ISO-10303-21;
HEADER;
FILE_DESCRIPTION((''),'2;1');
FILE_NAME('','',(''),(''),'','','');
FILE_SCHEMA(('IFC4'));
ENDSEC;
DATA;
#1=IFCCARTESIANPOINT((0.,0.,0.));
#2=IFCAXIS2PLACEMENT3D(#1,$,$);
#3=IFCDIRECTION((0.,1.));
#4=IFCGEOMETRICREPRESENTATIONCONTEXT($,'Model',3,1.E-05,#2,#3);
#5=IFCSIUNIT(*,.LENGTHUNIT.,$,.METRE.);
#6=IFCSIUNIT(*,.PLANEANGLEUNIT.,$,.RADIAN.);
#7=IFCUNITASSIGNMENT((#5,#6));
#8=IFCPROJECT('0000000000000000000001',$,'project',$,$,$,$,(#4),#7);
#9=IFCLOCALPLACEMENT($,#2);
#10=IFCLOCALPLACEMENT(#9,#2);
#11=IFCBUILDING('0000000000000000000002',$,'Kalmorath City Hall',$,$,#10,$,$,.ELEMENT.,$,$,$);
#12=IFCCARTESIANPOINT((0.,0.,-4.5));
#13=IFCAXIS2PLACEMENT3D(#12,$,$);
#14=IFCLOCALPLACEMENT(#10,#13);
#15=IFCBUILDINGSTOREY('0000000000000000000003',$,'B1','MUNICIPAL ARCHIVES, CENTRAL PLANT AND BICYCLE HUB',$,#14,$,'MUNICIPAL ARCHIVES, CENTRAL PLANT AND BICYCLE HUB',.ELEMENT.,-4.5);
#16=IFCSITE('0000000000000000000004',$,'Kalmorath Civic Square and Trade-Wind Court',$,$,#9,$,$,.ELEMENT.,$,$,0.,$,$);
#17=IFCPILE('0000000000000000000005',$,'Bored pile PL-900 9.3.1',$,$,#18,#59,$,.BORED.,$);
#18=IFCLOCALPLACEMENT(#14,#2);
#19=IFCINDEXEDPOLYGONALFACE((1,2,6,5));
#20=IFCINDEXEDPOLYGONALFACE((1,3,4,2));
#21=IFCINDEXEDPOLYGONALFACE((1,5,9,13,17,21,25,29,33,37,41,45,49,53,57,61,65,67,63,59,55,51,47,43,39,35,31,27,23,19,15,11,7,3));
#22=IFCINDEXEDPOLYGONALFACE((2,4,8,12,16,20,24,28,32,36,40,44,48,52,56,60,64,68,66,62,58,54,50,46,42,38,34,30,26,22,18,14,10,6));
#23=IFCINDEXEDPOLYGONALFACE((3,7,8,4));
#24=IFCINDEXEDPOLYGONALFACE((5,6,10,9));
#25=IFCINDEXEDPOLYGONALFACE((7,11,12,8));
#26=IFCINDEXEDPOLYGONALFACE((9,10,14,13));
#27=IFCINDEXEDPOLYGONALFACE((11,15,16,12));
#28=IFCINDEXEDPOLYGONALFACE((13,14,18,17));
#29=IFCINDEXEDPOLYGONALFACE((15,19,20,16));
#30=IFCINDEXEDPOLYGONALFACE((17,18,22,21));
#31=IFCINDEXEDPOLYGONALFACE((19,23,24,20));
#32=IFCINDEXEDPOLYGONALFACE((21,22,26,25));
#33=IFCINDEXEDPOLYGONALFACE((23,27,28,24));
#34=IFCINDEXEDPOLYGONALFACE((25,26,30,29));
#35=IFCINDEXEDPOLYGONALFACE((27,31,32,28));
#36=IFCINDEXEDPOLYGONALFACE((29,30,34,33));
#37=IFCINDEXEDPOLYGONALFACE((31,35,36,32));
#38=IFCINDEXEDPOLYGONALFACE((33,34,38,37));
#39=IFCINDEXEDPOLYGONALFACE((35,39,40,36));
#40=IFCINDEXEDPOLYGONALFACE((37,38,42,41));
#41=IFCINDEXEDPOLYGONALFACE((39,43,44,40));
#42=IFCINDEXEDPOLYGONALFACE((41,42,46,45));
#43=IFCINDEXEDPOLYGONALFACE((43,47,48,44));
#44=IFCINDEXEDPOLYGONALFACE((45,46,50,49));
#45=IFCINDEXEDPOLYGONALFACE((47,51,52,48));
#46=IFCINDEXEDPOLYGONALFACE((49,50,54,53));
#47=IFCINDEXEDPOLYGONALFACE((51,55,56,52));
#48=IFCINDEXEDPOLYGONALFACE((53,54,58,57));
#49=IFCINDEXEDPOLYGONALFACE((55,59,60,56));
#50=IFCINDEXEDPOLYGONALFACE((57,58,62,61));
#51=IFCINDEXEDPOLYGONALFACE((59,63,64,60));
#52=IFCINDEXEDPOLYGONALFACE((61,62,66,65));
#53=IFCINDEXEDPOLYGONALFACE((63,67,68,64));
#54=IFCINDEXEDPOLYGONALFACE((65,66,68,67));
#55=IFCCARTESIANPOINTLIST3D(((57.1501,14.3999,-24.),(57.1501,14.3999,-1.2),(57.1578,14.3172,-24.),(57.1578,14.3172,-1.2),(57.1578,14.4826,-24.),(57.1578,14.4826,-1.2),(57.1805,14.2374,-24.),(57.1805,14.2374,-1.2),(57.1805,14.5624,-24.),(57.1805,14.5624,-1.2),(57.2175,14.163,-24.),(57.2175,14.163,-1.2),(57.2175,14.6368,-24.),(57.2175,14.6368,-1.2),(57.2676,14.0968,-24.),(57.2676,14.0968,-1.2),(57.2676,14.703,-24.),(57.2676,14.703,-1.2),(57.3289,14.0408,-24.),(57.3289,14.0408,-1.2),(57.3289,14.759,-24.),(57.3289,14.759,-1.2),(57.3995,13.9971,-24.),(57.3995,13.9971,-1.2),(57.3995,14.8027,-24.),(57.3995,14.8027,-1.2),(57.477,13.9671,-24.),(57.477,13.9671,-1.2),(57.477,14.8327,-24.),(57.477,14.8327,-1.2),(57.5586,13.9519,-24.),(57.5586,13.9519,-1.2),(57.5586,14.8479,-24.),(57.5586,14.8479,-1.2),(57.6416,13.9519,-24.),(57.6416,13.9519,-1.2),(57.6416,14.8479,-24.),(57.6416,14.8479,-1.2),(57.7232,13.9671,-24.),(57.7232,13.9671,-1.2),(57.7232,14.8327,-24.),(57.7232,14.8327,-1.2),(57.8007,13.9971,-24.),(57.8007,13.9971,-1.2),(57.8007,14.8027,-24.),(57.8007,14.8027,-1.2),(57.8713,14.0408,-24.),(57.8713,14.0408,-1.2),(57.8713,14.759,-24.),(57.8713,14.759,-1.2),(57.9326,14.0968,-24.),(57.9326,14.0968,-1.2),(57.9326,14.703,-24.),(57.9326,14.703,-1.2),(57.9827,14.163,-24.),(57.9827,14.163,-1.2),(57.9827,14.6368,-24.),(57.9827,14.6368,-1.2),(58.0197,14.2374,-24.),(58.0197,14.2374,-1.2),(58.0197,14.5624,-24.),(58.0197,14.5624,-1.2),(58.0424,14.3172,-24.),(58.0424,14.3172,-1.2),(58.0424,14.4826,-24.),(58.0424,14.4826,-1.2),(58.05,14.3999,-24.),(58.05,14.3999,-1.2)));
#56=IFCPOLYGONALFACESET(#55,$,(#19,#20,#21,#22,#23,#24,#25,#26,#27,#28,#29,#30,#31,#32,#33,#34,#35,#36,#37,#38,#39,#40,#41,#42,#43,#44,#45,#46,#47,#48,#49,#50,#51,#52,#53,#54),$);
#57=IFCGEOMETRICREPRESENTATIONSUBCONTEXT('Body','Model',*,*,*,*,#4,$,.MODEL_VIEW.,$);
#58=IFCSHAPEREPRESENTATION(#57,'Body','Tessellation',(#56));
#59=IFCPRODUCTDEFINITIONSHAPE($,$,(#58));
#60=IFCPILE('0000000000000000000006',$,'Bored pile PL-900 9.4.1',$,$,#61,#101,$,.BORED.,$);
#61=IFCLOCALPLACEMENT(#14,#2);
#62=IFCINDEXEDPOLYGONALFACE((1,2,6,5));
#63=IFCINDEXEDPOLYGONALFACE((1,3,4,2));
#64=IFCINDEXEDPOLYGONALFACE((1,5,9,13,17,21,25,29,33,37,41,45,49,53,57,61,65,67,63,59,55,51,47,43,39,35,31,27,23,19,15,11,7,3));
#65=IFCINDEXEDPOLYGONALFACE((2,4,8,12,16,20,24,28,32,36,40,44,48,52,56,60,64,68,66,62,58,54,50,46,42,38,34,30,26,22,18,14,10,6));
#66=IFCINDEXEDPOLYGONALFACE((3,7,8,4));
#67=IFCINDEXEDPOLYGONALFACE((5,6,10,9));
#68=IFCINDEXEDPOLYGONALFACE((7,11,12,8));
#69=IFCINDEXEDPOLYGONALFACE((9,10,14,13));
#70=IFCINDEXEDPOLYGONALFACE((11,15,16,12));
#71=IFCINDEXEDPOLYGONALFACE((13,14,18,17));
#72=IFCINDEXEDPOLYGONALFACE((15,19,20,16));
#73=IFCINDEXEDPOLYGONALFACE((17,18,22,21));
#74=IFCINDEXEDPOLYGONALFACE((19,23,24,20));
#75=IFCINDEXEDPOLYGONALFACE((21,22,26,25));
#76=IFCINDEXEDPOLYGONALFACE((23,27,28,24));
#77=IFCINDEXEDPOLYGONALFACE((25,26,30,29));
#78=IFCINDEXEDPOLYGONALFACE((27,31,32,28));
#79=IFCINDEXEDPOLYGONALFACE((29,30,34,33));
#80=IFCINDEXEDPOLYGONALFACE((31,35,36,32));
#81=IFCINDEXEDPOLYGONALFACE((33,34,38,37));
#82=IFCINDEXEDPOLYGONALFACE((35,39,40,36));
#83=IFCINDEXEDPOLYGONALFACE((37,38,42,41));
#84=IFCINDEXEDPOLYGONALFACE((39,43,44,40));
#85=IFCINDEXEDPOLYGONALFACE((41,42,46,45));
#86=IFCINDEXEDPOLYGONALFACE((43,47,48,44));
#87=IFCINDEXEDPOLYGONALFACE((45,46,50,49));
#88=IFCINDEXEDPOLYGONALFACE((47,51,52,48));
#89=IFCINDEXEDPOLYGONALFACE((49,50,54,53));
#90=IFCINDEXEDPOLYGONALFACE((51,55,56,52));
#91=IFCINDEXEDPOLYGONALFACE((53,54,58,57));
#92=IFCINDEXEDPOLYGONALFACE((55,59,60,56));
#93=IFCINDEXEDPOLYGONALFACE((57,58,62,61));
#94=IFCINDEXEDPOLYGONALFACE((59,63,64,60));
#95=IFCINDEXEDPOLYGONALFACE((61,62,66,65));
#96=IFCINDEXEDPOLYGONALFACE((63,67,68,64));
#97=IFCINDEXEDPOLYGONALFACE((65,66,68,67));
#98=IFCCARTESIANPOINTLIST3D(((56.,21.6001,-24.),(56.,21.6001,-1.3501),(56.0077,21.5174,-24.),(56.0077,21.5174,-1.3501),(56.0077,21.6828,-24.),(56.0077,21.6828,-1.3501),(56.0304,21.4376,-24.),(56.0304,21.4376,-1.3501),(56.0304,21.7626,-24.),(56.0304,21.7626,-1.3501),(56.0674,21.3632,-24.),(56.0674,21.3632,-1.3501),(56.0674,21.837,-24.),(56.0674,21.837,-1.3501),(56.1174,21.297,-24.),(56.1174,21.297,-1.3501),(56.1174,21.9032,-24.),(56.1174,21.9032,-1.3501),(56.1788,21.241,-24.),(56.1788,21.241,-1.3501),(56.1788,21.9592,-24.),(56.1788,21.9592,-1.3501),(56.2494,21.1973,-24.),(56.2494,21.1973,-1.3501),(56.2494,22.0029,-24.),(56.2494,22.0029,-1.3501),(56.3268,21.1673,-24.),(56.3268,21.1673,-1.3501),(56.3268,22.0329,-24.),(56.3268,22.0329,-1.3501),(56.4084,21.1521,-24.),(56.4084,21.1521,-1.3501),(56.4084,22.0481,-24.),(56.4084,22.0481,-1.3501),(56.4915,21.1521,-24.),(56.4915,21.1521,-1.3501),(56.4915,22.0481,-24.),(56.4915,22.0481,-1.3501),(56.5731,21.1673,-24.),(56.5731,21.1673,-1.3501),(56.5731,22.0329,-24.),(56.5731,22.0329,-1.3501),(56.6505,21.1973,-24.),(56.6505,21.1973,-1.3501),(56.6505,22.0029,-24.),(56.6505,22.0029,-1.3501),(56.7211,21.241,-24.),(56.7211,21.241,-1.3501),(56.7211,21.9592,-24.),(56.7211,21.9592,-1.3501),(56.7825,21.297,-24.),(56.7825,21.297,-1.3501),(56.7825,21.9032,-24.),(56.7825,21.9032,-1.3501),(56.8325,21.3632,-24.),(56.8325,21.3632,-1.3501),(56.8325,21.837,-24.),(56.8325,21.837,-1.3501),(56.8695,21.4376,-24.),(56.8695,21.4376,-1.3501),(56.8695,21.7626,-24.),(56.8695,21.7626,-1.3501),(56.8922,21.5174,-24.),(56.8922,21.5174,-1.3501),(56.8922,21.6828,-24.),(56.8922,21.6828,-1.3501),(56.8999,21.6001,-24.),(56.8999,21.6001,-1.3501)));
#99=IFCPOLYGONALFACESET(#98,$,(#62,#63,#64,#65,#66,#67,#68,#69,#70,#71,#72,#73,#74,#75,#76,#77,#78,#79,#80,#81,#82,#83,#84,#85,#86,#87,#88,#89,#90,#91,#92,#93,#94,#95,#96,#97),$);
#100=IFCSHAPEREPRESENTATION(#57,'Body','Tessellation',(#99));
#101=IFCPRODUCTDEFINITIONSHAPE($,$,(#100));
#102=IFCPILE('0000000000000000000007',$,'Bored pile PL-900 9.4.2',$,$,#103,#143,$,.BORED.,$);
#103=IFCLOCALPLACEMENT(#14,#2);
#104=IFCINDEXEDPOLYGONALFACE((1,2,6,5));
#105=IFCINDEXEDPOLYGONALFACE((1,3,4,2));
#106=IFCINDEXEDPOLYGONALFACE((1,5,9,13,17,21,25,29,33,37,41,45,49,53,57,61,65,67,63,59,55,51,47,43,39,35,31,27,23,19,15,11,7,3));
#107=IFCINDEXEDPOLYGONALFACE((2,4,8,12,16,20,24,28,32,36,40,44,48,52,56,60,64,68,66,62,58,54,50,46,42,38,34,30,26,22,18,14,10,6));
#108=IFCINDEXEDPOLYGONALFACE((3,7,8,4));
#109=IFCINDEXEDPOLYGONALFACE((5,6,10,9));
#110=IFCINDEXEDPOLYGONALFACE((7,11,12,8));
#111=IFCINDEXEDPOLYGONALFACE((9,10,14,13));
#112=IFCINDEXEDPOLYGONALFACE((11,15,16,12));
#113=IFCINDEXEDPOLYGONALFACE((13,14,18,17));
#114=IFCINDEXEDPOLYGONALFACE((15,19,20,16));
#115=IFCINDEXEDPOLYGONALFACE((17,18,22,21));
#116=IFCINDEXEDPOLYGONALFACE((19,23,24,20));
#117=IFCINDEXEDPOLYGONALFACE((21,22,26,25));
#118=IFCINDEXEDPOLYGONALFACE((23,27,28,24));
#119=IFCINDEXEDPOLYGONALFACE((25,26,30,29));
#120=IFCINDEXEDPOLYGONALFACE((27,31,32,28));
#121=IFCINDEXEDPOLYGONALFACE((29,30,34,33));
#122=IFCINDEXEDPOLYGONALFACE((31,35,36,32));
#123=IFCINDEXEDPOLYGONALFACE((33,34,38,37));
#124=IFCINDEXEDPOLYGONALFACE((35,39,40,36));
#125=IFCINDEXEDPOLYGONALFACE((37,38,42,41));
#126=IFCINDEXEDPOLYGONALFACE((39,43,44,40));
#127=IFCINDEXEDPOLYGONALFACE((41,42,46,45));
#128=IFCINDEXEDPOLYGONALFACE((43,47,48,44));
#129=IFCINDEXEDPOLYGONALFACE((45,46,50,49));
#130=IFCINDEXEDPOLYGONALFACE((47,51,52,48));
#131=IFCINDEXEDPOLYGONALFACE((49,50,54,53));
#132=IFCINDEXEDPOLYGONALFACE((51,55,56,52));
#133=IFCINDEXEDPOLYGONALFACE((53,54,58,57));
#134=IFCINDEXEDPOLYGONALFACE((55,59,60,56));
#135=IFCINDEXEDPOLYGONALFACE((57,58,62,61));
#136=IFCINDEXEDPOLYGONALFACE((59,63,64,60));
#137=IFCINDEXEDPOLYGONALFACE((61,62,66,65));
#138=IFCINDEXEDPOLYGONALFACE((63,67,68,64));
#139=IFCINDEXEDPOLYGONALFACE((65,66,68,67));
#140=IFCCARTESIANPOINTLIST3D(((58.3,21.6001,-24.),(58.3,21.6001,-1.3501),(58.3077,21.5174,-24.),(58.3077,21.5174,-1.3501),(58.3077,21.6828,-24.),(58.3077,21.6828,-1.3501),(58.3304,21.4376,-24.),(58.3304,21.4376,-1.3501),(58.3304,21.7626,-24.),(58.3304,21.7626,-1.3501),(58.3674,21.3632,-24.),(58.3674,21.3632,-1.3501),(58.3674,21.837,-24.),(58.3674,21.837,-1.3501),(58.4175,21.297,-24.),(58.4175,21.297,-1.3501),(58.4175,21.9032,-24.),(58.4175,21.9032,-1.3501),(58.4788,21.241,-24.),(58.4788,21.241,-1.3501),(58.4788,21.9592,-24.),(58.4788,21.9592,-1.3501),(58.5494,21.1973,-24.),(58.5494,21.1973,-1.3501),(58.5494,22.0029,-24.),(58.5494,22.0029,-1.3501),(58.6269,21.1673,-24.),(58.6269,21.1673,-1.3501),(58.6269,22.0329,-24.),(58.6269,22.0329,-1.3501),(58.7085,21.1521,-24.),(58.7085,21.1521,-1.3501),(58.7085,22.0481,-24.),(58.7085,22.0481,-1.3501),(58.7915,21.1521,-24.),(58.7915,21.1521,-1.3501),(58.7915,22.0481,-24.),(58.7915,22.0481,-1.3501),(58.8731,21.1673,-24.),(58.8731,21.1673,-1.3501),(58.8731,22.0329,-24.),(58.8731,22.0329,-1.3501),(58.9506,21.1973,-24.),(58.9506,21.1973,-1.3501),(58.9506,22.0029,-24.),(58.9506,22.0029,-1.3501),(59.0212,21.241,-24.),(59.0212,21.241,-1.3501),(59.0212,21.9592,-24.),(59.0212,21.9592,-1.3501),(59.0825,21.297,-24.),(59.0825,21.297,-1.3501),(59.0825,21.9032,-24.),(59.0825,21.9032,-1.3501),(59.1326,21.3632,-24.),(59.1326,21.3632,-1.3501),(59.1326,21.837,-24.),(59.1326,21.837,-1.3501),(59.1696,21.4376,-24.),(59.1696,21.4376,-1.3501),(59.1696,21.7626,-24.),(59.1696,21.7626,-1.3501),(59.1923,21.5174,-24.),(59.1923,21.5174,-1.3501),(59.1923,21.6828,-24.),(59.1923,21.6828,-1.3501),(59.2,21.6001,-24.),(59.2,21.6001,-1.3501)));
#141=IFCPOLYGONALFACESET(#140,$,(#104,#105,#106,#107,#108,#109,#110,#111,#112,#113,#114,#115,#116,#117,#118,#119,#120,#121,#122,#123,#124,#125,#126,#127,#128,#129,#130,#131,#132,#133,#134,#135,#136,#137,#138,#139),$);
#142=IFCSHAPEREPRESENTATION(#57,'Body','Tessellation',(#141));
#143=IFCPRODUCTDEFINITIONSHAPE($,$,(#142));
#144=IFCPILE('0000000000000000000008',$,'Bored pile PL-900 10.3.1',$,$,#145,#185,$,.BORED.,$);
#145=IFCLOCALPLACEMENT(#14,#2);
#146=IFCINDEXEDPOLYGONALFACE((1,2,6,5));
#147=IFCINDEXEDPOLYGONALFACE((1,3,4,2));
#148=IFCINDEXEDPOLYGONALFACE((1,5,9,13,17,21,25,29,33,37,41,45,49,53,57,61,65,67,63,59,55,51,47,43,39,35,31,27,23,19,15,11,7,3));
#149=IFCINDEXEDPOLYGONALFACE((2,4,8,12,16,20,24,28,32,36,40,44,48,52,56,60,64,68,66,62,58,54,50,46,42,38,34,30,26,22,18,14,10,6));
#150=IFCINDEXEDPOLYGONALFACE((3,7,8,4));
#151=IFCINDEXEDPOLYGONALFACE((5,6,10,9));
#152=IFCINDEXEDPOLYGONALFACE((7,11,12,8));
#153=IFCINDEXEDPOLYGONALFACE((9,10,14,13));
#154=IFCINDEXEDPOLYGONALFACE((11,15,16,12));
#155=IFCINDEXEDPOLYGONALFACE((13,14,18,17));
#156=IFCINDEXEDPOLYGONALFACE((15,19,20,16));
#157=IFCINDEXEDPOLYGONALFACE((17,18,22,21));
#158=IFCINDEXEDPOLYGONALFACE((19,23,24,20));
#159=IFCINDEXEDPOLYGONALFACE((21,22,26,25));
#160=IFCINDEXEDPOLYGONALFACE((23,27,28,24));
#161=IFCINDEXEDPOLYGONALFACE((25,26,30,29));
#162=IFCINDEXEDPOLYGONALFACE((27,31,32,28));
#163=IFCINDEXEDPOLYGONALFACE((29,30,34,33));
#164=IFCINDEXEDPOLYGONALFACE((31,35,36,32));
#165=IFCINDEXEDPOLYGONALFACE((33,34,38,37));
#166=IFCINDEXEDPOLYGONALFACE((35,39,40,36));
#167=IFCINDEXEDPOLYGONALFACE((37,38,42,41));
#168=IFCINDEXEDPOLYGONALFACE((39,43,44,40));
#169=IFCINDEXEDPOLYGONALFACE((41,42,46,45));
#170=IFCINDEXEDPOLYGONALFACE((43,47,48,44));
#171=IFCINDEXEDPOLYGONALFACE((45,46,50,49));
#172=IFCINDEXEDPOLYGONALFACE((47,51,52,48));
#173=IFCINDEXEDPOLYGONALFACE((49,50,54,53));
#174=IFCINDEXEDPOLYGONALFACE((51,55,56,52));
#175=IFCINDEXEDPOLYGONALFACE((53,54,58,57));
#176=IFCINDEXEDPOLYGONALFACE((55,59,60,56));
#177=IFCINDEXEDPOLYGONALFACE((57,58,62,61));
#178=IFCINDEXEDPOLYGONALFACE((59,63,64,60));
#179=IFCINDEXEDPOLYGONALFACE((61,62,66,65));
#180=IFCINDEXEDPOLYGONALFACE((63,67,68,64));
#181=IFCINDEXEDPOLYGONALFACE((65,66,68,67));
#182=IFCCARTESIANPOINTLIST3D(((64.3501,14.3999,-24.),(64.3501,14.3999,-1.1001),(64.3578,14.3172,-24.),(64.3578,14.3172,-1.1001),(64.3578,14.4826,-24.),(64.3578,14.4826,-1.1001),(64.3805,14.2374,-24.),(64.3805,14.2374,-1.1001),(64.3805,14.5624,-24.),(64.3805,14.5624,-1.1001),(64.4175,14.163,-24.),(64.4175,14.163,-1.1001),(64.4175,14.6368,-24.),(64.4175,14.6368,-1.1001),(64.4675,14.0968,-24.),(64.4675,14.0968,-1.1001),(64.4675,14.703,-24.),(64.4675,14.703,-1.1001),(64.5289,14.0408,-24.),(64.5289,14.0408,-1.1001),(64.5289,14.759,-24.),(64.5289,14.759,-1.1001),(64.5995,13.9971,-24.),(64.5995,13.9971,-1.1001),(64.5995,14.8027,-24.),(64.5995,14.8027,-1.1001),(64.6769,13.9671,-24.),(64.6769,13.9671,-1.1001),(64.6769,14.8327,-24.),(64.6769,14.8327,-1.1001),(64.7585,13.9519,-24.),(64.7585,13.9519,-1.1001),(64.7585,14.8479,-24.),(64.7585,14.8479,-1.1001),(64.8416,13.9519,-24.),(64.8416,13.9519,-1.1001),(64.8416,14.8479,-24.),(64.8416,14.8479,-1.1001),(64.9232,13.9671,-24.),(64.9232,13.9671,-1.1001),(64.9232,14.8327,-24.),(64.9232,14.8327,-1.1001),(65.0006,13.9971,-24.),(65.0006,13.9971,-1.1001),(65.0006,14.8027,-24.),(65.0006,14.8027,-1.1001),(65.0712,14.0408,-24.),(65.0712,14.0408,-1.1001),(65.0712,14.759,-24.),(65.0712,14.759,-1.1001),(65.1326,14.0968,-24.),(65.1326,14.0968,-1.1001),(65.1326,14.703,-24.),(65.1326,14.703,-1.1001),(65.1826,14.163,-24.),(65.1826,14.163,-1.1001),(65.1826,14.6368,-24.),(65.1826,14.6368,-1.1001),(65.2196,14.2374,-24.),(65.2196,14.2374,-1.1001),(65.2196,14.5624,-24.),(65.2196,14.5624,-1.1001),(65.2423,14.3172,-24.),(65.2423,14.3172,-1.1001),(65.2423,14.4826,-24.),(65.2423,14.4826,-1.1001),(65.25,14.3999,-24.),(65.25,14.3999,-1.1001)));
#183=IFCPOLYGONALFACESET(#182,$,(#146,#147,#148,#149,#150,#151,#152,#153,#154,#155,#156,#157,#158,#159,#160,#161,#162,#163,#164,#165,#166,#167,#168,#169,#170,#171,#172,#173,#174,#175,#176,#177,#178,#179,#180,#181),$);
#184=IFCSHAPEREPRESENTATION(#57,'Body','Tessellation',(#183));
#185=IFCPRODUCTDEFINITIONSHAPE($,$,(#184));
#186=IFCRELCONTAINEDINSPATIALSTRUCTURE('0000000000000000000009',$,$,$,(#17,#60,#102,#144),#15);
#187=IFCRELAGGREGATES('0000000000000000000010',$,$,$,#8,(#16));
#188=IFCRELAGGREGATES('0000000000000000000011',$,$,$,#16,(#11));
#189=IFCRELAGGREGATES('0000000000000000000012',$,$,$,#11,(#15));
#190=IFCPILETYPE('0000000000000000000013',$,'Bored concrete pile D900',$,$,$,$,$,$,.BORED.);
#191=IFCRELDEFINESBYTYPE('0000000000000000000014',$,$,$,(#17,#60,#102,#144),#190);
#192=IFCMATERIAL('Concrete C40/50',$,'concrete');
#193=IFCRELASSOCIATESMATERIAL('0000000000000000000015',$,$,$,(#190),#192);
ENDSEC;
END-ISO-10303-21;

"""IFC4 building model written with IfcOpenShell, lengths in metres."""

from ifc_helpers import new_model, si_unit, direction, frame, origin, origin_2d, place, context, subcontext, project, spatial, circle, extrude, material, material_profile, profile_set, type_object, element, save


model = new_model("IFC4")

# Units and contexts
model_context = context("Model", 3, precision=1e-05, world=origin(), true_north=direction((0.0, 1.0)))
body_context = subcontext(model_context, "Body", "Model", "MODEL_VIEW")
ifc_project = project(units=[si_unit("LENGTHUNIT", "METRE"), si_unit("PLANEANGLEUNIT", "RADIAN")], contexts=[model_context])

# Site, building, storey
site_placement = place(None, origin())
site = spatial("IfcSite", under=ifc_project, at=site_placement, Name="Kalmorath Civic Square and Trade-Wind Court", CompositionType="ELEMENT", RefElevation=0.0)
building_placement = place(site_placement, origin())
building = spatial("IfcBuilding", under=site, at=building_placement, Name="Kalmorath City Hall", CompositionType="ELEMENT")
storey_placement = place(building_placement, frame((0.0, 0.0, -4.5)))
storey = spatial("IfcBuildingStorey", under=building, at=storey_placement, Name="B1", Description="MUNICIPAL ARCHIVES, CENTRAL PLANT AND BICYCLE HUB", LongName="MUNICIPAL ARCHIVES, CENTRAL PLANT AND BICYCLE HUB", CompositionType="ELEMENT", Elevation=-4.5)

# Piles
ifc_material_1 = material(Name="Concrete C40/50", Category="concrete")
ifc_material_profile_1 = material_profile(ifc_material_1, circle(Radius=0.45, at=origin_2d()), Name="PILE-D900")
ifc_profile_set_1 = profile_set([ifc_material_profile_1], Name="Concrete C40/50")
pile_type = type_object("IfcPileType", Name="Bored concrete pile D900", PredefinedType="BORED", material=ifc_profile_set_1)
pile_1_placement = place(storey_placement, frame((57.6001, 14.3999, -1.2), z_axis=(0.0, 0.0, -1.0), x_axis=(1.0, 0.0, 0.0)))
element("IfcPile", 1, at=pile_1_placement, inside=storey, type_object=pile_type, Name="Bored pile PL-900 9.3.1", PredefinedType="BORED", context=body_context, shape_type="SweptSolid", body=[
    extrude(circle(Radius=0.45, at=origin_2d()), origin(), (0.0, 0.0, 1.0), 22.8),
])
for number, where, z_axis, x_axis, name in (
    (2, (56.45, 21.6001, -1.3501), (0.0, 0.0, -1.0), (1.0, 0.0, 0.0), "Bored pile PL-900 9.4.1"),
    (3, (58.75, 21.6001, -1.3501), (0.0, 0.0, -1.0), (1.0, 0.0, 0.0), "Bored pile PL-900 9.4.2"),
):
    element("IfcPile", number, at=place(storey_placement, frame(where, z_axis=z_axis, x_axis=x_axis)), inside=storey, type_object=pile_type, Name=name, PredefinedType="BORED", context=body_context, shape_type="SweptSolid", body=[
        extrude(circle(Radius=0.45, at=origin_2d()), origin(), (0.0, 0.0, 1.0), 22.6499),
    ])
pile_2_placement = place(storey_placement, frame((64.8, 14.3999, -1.1001), z_axis=(0.0, 0.0, -1.0), x_axis=(1.0, 0.0, 0.0)))
element("IfcPile", 4, at=pile_2_placement, inside=storey, type_object=pile_type, Name="Bored pile PL-900 10.3.1", PredefinedType="BORED", context=body_context, shape_type="SweptSolid", body=[
    extrude(circle(Radius=0.45, at=origin_2d()), origin(), (0.0, 0.0, 1.0), 22.8999),
])

save(model, "model.ifc")
